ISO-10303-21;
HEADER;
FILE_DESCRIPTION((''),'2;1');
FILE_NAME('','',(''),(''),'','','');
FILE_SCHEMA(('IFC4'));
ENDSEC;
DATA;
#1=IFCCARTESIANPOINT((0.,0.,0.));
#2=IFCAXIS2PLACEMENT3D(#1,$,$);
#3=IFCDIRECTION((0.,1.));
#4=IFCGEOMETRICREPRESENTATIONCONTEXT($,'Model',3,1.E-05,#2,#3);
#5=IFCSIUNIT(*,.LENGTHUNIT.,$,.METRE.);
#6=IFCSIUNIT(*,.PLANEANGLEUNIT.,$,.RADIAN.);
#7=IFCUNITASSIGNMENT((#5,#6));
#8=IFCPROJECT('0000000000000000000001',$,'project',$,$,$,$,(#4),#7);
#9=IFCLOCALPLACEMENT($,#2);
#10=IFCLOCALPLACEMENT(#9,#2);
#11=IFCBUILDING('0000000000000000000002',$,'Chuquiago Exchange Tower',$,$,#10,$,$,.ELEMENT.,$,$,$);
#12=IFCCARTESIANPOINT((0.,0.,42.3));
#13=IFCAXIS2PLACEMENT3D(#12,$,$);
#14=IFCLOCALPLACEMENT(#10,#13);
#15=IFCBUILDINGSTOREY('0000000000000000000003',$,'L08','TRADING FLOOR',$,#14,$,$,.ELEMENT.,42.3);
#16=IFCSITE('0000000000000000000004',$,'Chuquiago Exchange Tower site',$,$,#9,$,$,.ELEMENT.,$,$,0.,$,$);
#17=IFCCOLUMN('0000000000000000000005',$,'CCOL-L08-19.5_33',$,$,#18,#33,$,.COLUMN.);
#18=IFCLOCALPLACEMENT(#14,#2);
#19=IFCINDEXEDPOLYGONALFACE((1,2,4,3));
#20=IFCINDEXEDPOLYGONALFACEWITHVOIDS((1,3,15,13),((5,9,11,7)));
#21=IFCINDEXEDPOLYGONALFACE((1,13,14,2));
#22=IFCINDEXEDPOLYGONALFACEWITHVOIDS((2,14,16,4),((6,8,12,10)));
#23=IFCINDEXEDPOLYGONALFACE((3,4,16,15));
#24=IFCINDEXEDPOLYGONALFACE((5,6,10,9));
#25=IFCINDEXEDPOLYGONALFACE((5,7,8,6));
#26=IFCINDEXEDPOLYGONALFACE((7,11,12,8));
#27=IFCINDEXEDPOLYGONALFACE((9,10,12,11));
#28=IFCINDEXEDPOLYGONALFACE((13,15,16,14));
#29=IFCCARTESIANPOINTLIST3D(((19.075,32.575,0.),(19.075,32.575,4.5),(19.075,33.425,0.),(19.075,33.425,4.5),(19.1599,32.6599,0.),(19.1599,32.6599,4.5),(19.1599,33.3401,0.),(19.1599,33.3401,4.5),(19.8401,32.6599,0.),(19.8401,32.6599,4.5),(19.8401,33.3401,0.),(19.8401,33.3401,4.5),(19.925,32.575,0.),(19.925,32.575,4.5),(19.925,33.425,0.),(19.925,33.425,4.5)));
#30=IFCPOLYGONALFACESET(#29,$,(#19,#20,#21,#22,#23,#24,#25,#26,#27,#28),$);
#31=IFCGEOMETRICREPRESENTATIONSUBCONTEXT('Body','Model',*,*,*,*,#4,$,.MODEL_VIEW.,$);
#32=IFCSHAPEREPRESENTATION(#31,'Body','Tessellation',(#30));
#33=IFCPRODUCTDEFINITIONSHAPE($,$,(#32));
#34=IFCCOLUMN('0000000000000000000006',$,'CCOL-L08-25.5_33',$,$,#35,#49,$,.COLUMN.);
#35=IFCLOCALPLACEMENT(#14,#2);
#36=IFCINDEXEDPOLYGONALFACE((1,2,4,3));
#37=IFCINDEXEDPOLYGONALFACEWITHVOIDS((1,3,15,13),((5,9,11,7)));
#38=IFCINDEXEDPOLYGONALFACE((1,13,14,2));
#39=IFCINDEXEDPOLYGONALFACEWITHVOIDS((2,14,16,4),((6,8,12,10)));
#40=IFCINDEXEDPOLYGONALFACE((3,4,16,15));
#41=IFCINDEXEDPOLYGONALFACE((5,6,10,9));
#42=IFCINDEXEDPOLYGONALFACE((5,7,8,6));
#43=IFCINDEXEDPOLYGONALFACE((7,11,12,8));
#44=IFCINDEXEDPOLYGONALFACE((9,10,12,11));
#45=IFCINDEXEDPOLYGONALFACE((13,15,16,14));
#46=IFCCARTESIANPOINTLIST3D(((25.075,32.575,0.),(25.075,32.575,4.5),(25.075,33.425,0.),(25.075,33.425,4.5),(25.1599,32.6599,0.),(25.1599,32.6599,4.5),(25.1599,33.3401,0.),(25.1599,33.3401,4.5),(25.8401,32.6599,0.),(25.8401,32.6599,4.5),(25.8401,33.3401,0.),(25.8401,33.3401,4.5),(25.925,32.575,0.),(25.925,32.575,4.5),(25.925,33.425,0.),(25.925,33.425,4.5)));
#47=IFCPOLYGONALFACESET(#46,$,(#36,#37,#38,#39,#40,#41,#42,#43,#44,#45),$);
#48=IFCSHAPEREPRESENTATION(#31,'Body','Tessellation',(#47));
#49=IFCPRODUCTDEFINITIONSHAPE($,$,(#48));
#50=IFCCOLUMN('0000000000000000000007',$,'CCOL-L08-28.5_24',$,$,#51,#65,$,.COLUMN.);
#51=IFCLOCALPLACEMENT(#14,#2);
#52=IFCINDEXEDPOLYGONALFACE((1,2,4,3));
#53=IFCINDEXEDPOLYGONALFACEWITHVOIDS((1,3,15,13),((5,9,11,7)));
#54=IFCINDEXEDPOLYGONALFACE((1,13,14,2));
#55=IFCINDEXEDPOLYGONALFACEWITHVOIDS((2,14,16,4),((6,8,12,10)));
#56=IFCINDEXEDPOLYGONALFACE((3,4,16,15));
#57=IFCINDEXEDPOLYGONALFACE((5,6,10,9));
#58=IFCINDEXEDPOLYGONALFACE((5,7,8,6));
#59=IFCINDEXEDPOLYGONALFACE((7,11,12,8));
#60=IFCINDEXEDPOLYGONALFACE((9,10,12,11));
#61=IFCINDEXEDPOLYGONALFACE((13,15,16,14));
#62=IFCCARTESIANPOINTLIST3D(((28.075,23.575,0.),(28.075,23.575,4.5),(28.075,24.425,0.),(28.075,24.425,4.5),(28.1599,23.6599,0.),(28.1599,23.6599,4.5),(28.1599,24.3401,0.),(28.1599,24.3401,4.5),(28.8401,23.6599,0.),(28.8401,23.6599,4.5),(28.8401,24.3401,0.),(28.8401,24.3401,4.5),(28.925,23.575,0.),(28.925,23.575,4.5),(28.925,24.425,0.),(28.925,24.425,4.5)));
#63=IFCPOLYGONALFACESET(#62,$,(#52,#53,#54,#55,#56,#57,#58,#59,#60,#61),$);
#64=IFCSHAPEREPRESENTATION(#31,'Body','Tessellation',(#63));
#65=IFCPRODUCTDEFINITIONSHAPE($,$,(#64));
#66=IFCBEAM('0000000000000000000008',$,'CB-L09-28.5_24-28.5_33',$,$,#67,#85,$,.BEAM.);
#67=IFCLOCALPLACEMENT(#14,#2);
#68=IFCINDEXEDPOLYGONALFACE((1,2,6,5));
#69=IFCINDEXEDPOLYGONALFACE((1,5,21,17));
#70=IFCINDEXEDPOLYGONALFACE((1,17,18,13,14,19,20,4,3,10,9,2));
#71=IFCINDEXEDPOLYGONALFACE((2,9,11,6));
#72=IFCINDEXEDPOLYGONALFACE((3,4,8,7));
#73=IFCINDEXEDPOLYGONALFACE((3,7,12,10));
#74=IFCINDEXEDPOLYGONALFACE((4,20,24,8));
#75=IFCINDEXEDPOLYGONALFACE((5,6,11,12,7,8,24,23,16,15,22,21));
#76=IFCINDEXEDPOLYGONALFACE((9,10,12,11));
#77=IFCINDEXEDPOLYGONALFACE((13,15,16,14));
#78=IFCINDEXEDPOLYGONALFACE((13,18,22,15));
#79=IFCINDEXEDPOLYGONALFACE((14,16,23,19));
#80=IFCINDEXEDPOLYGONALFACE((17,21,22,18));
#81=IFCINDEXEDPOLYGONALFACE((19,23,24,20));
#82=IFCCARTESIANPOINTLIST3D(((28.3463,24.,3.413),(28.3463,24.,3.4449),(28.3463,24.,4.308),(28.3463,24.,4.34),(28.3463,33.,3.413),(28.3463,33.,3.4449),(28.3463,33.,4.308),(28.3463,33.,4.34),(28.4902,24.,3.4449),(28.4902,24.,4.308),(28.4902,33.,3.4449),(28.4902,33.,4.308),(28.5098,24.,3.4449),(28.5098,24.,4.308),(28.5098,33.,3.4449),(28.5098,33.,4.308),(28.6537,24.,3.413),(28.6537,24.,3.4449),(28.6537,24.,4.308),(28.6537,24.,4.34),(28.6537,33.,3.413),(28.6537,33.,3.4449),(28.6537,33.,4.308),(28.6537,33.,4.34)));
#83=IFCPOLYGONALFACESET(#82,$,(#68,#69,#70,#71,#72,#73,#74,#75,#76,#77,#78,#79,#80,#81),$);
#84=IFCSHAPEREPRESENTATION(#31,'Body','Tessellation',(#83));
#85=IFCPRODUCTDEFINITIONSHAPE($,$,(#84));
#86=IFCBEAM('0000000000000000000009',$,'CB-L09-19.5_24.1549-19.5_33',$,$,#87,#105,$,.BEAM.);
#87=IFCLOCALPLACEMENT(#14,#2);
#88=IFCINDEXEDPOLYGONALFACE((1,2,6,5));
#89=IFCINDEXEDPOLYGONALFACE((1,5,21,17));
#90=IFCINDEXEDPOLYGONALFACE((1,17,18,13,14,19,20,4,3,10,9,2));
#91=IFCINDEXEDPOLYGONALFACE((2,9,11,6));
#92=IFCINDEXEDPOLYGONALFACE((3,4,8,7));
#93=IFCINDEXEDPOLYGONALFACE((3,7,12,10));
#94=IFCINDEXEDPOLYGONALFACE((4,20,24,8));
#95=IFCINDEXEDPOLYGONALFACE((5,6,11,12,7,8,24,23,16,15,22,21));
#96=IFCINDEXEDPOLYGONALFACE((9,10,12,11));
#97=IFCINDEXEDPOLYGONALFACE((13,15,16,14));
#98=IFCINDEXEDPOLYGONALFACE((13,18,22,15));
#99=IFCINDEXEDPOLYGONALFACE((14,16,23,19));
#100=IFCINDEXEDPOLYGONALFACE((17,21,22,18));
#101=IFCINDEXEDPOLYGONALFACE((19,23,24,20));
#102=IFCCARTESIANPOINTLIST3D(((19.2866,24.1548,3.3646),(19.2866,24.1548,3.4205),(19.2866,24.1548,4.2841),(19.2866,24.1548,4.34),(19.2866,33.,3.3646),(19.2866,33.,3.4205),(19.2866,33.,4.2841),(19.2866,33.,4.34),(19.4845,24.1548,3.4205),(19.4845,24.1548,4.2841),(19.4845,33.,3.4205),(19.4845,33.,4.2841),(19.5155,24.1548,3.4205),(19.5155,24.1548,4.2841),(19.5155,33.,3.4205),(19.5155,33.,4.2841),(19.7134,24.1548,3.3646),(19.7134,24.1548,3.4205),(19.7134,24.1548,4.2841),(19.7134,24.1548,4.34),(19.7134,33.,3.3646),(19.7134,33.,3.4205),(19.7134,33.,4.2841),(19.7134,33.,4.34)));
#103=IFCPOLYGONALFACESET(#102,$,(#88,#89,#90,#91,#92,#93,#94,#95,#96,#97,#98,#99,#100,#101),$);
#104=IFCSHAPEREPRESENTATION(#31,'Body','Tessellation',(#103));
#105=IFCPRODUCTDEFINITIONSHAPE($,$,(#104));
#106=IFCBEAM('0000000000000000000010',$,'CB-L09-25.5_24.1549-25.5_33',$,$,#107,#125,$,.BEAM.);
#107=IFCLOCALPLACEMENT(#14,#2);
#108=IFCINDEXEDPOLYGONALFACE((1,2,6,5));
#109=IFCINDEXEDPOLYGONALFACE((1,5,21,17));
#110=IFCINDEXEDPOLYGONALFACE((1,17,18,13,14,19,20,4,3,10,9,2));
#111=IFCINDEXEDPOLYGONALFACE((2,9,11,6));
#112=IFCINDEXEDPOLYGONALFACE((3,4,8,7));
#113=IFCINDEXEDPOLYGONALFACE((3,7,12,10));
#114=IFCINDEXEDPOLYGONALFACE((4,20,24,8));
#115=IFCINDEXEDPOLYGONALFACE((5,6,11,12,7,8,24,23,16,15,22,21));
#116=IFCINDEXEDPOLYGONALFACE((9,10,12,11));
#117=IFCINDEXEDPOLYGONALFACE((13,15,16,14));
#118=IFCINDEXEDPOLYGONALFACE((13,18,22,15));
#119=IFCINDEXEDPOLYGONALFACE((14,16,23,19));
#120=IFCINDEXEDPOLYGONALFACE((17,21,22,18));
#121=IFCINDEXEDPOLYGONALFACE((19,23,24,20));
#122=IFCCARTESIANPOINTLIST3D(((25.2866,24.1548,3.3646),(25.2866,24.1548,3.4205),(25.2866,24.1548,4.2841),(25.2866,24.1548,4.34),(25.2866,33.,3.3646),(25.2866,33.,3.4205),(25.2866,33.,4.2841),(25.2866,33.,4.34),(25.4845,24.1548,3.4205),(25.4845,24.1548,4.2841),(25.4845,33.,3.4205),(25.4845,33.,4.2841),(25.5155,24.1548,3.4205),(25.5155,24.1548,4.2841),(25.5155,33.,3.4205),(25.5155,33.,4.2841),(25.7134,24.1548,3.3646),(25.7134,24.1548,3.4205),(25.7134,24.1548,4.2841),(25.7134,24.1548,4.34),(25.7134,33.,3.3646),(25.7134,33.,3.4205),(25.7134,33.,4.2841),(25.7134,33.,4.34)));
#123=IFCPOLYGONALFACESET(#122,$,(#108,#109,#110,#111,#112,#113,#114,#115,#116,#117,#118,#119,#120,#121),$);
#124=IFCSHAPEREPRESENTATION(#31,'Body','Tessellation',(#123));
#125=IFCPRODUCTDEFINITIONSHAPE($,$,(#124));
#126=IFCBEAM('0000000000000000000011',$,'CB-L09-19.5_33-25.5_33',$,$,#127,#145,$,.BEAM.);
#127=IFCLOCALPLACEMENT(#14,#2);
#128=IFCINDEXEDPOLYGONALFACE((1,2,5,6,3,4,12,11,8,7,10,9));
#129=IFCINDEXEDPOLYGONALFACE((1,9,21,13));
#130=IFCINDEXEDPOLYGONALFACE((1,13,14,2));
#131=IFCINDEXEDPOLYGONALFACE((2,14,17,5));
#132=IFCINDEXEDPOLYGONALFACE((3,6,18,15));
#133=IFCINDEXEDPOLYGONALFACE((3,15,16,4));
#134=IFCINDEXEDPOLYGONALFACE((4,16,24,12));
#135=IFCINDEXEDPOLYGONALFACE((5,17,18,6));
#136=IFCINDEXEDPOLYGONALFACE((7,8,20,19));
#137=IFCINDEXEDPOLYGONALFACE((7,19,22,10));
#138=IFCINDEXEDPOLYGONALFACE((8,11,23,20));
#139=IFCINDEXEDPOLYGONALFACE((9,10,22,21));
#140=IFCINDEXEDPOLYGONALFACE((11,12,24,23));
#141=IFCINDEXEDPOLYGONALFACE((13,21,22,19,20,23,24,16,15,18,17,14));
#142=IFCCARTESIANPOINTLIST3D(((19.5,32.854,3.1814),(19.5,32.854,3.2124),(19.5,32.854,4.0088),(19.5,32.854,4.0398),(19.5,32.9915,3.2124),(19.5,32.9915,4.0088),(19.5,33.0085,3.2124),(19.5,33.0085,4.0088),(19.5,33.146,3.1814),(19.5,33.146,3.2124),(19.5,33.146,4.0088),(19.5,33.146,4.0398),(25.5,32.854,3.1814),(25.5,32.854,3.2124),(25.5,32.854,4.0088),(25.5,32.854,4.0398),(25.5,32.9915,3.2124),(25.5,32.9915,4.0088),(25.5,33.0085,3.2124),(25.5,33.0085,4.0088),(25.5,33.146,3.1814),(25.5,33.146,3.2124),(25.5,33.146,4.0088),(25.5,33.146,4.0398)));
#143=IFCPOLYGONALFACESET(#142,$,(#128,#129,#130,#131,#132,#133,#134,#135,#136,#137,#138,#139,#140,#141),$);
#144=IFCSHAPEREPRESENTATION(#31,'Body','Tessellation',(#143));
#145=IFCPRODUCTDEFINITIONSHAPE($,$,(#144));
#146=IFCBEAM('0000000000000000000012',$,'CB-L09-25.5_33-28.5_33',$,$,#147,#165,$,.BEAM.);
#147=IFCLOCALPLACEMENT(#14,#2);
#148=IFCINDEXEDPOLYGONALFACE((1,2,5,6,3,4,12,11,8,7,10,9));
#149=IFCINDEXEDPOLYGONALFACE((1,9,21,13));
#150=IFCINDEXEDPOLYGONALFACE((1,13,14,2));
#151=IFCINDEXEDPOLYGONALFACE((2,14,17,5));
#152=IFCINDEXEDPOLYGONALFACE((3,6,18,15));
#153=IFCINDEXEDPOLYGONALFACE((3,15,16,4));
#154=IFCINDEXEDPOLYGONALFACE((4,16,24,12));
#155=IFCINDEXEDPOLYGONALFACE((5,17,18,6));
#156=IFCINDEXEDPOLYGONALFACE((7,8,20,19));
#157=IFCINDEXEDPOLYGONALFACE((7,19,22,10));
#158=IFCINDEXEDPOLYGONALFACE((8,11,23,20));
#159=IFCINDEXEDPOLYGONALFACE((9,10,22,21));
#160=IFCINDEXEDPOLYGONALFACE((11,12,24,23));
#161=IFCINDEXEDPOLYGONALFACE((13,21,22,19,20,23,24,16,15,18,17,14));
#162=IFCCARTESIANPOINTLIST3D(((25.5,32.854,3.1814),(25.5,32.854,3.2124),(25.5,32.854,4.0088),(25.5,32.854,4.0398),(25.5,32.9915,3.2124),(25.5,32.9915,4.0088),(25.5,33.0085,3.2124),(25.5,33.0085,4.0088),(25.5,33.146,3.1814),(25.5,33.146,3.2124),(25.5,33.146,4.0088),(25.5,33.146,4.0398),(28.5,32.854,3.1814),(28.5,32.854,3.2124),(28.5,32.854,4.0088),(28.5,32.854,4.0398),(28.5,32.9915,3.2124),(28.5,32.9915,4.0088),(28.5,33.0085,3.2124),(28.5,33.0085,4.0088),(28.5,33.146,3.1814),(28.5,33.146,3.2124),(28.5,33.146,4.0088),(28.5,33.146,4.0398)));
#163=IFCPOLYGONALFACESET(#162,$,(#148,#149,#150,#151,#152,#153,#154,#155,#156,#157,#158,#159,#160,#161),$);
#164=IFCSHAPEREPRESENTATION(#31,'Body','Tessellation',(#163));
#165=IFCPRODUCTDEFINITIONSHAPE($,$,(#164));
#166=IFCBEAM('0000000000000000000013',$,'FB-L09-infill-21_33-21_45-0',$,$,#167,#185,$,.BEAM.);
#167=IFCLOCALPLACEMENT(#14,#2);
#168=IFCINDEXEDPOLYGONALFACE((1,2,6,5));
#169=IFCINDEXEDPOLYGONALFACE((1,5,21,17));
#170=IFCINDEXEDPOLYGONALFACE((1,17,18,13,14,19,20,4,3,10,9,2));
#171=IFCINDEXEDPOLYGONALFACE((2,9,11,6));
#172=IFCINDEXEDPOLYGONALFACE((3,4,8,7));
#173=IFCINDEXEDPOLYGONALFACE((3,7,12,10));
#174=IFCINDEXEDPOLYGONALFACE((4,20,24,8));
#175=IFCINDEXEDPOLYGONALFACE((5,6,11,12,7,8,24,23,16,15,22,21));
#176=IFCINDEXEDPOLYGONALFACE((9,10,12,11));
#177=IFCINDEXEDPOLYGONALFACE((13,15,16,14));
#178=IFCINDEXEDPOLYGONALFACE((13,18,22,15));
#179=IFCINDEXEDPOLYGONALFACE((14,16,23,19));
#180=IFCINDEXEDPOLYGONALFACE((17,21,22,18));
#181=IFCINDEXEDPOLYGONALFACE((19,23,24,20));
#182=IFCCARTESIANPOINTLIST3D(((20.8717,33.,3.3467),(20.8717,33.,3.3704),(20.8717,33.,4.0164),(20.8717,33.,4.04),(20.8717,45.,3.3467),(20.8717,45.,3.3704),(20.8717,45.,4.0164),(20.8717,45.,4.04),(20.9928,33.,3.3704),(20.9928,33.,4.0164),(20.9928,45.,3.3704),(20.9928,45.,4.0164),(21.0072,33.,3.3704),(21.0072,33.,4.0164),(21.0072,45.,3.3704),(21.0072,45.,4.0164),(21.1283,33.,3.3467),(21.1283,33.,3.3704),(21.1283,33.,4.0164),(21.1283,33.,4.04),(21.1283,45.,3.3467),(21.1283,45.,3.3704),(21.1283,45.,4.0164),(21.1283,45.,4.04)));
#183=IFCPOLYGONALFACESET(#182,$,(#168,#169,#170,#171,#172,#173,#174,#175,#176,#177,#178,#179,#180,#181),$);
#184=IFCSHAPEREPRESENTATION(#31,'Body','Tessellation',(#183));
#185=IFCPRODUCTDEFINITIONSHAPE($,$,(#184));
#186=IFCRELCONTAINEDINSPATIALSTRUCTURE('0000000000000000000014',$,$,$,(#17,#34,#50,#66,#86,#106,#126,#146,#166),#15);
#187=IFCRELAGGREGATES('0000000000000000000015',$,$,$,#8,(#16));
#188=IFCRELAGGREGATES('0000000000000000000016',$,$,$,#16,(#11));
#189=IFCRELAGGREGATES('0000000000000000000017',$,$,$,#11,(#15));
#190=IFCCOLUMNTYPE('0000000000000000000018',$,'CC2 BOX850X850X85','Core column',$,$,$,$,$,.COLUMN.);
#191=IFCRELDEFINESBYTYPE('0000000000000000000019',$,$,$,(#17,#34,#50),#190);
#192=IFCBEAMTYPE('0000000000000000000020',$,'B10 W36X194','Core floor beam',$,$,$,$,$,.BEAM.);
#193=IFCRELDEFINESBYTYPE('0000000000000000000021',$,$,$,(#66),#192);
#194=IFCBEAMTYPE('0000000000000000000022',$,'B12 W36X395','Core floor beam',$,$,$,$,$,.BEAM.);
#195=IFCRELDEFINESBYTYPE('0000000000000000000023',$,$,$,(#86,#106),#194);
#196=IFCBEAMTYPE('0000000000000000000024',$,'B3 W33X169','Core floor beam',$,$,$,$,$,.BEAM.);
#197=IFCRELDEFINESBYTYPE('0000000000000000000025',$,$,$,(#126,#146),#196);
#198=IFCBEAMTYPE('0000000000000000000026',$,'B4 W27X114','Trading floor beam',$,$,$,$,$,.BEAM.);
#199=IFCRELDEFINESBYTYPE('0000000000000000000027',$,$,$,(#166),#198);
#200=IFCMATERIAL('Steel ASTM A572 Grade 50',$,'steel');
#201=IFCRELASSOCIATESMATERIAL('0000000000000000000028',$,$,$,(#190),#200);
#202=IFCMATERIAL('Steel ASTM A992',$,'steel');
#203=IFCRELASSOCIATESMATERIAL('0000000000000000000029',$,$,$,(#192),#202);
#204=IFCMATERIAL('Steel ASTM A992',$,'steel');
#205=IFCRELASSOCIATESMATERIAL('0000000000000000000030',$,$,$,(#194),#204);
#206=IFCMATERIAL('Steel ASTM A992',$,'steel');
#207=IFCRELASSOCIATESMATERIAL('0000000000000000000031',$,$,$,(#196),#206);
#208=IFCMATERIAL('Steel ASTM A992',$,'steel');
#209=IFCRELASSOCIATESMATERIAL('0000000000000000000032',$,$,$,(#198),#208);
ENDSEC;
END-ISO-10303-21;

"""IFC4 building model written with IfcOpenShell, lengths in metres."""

from ifc_helpers import new_model, si_unit, direction, frame, origin, origin_2d, place, context, subcontext, project, spatial, hollow_rectangle, i_section, extrude, material, material_profile, profile_set, type_object, element, save


model = new_model("IFC4")

# Units and contexts
model_context = context("Model", 3, precision=1e-05, world=origin(), true_north=direction((0.0, 1.0)))
body_context = subcontext(model_context, "Body", "Model", "MODEL_VIEW")
ifc_project = project(units=[si_unit("LENGTHUNIT", "METRE"), si_unit("PLANEANGLEUNIT", "RADIAN")], contexts=[model_context])

# Site, building, storey
site_placement = place(None, origin())
site = spatial("IfcSite", under=ifc_project, at=site_placement, Name="Chuquiago Exchange Tower site", CompositionType="ELEMENT", RefElevation=0.0)
building_placement = place(site_placement, origin())
building = spatial("IfcBuilding", under=site, at=building_placement, Name="Chuquiago Exchange Tower", CompositionType="ELEMENT")
storey_placement = place(building_placement, frame((0.0, 0.0, 42.3)))
storey = spatial("IfcBuildingStorey", under=building, at=storey_placement, Name="L08", Description="TRADING FLOOR", CompositionType="ELEMENT", Elevation=42.3)

# Columns
ifc_material_1 = material(Name="Steel ASTM A572 Grade 50", Category="steel")
ifc_material_profile_1 = material_profile(ifc_material_1, hollow_rectangle(XDim=0.8501, YDim=0.8501, WallThickness=0.085, at=origin_2d()), Name="BOX850X850X85")
ifc_profile_set_1 = profile_set([ifc_material_profile_1], Name="Steel ASTM A572 Grade 50")
column_type = type_object("IfcColumnType", Name="CC2 BOX850X850X85", Description="Core column", PredefinedType="COLUMN", material=ifc_profile_set_1)
for number, where, z_axis, x_axis, name in (
    (1, (19.5, 33.0, 0.0), (0.0, 0.0, 1.0), (1.0, 0.0, 0.0), "CCOL-L08-19.5_33"),
    (2, (25.5, 33.0, 0.0), (0.0, 0.0, 1.0), (1.0, 0.0, 0.0), "CCOL-L08-25.5_33"),
    (3, (28.5, 24.0, 0.0), (0.0, 0.0, 1.0), (1.0, 0.0, 0.0), "CCOL-L08-28.5_24"),
):
    element("IfcColumn", number, at=place(storey_placement, frame(where, z_axis=z_axis, x_axis=x_axis)), inside=storey, type_object=column_type, Name=name, PredefinedType="COLUMN", context=body_context, shape_type="SweptSolid", body=[
        extrude(hollow_rectangle(XDim=0.8501, YDim=0.8501, WallThickness=0.085, at=origin_2d()), origin(), (0.0, 0.0, 1.0), 4.5),
    ])

# Beams
ifc_material_2 = material(Name="Steel ASTM A992", Category="steel")
ifc_material_profile_2 = material_profile(ifc_material_2, i_section(OverallWidth=0.3074, OverallDepth=0.927, WebThickness=0.0195, FlangeThickness=0.032, at=origin_2d()), Name="W36X194")
ifc_profile_set_2 = profile_set([ifc_material_profile_2], Name="Steel ASTM A992")
beam_type_1 = type_object("IfcBeamType", Name="B10 W36X194", Description="Core floor beam", PredefinedType="BEAM", material=ifc_profile_set_2)
beam_1_placement = place(storey_placement, frame((28.5, 24.0, 3.8765), z_axis=(0.0, 1.0, 0.0), x_axis=(-1.0, 0.0, 0.0)))
element("IfcBeam", 4, at=beam_1_placement, inside=storey, type_object=beam_type_1, Name="CB-L09-28.5_24-28.5_33", PredefinedType="BEAM", context=body_context, shape_type="SweptSolid", body=[
    extrude(i_section(OverallWidth=0.3074, OverallDepth=0.927, WebThickness=0.0195, FlangeThickness=0.032, at=origin_2d()), origin(), (0.0, 0.0, 1.0), 9.0),
])
ifc_material_3 = material(Name="Steel ASTM A992", Category="steel")
ifc_material_profile_3 = material_profile(ifc_material_3, i_section(OverallWidth=0.4268, OverallDepth=0.9753, WebThickness=0.031, FlangeThickness=0.0559, at=origin_2d()), Name="W36X395")
ifc_profile_set_3 = profile_set([ifc_material_profile_3], Name="Steel ASTM A992")
beam_type_2 = type_object("IfcBeamType", Name="B12 W36X395", Description="Core floor beam", PredefinedType="BEAM", material=ifc_profile_set_3)
for number, where, z_axis, x_axis, name in (
    (5, (19.5, 24.1548, 3.8523), (0.0, 1.0, 0.0), (-1.0, 0.0, 0.0), "CB-L09-19.5_24.1549-19.5_33"),
    (6, (25.5, 24.1548, 3.8523), (0.0, 1.0, 0.0), (-1.0, 0.0, 0.0), "CB-L09-25.5_24.1549-25.5_33"),
):
    element("IfcBeam", number, at=place(storey_placement, frame(where, z_axis=z_axis, x_axis=x_axis)), inside=storey, type_object=beam_type_2, Name=name, PredefinedType="BEAM", context=body_context, shape_type="SweptSolid", body=[
        extrude(i_section(OverallWidth=0.4268, OverallDepth=0.9753, WebThickness=0.031, FlangeThickness=0.0559, at=origin_2d()), origin(), (0.0, 0.0, 1.0), 8.8452),
    ])
ifc_material_4 = material(Name="Steel ASTM A992", Category="steel")
ifc_material_profile_4 = material_profile(ifc_material_4, i_section(OverallWidth=0.292, OverallDepth=0.8584, WebThickness=0.0171, FlangeThickness=0.031, at=origin_2d()), Name="W33X169")
ifc_profile_set_4 = profile_set([ifc_material_profile_4], Name="Steel ASTM A992")
beam_type_3 = type_object("IfcBeamType", Name="B3 W33X169", Description="Core floor beam", PredefinedType="BEAM", material=ifc_profile_set_4)
beam_2_placement = place(storey_placement, frame((19.5, 33.0, 3.6106), z_axis=(1.0, 0.0, 0.0), x_axis=(0.0, 1.0, 0.0)))
element("IfcBeam", 7, at=beam_2_placement, inside=storey, type_object=beam_type_3, Name="CB-L09-19.5_33-25.5_33", PredefinedType="BEAM", context=body_context, shape_type="SweptSolid", body=[
    extrude(i_section(OverallWidth=0.292, OverallDepth=0.8584, WebThickness=0.0171, FlangeThickness=0.031, at=origin_2d()), origin(), (0.0, 0.0, 1.0), 6.0),
])
beam_3_placement = place(storey_placement, frame((25.5, 33.0, 3.6106), z_axis=(1.0, 0.0, 0.0), x_axis=(0.0, 1.0, 0.0)))
element("IfcBeam", 8, at=beam_3_placement, inside=storey, type_object=beam_type_3, Name="CB-L09-25.5_33-28.5_33", PredefinedType="BEAM", context=body_context, shape_type="SweptSolid", body=[
    extrude(i_section(OverallWidth=0.292, OverallDepth=0.8584, WebThickness=0.0171, FlangeThickness=0.031, at=origin_2d()), origin(), (0.0, 0.0, 1.0), 3.0),
])
ifc_material_5 = material(Name="Steel ASTM A992", Category="steel")
ifc_material_profile_5 = material_profile(ifc_material_5, i_section(OverallWidth=0.2566, OverallDepth=0.6934, WebThickness=0.0144, FlangeThickness=0.0237, at=origin_2d()), Name="W27X114")
ifc_profile_set_5 = profile_set([ifc_material_profile_5], Name="Steel ASTM A992")
beam_type_4 = type_object("IfcBeamType", Name="B4 W27X114", Description="Trading floor beam", PredefinedType="BEAM", material=ifc_profile_set_5)
for number, where, z_axis, x_axis, name in (
    (9, (21.0, 33.0, 3.6934), (0.0, 1.0, 0.0), (-1.0, 0.0, 0.0), "FB-L09-infill-21_33-21_45-0"),
):
    element("IfcBeam", number, at=place(storey_placement, frame(where, z_axis=z_axis, x_axis=x_axis)), inside=storey, type_object=beam_type_4, Name=name, PredefinedType="BEAM", context=body_context, shape_type="SweptSolid", body=[
        extrude(i_section(OverallWidth=0.2566, OverallDepth=0.6934, WebThickness=0.0144, FlangeThickness=0.0237, at=origin_2d()), origin(), (0.0, 0.0, 1.0), 12.0),
    ])

save(model, "model.ifc")
